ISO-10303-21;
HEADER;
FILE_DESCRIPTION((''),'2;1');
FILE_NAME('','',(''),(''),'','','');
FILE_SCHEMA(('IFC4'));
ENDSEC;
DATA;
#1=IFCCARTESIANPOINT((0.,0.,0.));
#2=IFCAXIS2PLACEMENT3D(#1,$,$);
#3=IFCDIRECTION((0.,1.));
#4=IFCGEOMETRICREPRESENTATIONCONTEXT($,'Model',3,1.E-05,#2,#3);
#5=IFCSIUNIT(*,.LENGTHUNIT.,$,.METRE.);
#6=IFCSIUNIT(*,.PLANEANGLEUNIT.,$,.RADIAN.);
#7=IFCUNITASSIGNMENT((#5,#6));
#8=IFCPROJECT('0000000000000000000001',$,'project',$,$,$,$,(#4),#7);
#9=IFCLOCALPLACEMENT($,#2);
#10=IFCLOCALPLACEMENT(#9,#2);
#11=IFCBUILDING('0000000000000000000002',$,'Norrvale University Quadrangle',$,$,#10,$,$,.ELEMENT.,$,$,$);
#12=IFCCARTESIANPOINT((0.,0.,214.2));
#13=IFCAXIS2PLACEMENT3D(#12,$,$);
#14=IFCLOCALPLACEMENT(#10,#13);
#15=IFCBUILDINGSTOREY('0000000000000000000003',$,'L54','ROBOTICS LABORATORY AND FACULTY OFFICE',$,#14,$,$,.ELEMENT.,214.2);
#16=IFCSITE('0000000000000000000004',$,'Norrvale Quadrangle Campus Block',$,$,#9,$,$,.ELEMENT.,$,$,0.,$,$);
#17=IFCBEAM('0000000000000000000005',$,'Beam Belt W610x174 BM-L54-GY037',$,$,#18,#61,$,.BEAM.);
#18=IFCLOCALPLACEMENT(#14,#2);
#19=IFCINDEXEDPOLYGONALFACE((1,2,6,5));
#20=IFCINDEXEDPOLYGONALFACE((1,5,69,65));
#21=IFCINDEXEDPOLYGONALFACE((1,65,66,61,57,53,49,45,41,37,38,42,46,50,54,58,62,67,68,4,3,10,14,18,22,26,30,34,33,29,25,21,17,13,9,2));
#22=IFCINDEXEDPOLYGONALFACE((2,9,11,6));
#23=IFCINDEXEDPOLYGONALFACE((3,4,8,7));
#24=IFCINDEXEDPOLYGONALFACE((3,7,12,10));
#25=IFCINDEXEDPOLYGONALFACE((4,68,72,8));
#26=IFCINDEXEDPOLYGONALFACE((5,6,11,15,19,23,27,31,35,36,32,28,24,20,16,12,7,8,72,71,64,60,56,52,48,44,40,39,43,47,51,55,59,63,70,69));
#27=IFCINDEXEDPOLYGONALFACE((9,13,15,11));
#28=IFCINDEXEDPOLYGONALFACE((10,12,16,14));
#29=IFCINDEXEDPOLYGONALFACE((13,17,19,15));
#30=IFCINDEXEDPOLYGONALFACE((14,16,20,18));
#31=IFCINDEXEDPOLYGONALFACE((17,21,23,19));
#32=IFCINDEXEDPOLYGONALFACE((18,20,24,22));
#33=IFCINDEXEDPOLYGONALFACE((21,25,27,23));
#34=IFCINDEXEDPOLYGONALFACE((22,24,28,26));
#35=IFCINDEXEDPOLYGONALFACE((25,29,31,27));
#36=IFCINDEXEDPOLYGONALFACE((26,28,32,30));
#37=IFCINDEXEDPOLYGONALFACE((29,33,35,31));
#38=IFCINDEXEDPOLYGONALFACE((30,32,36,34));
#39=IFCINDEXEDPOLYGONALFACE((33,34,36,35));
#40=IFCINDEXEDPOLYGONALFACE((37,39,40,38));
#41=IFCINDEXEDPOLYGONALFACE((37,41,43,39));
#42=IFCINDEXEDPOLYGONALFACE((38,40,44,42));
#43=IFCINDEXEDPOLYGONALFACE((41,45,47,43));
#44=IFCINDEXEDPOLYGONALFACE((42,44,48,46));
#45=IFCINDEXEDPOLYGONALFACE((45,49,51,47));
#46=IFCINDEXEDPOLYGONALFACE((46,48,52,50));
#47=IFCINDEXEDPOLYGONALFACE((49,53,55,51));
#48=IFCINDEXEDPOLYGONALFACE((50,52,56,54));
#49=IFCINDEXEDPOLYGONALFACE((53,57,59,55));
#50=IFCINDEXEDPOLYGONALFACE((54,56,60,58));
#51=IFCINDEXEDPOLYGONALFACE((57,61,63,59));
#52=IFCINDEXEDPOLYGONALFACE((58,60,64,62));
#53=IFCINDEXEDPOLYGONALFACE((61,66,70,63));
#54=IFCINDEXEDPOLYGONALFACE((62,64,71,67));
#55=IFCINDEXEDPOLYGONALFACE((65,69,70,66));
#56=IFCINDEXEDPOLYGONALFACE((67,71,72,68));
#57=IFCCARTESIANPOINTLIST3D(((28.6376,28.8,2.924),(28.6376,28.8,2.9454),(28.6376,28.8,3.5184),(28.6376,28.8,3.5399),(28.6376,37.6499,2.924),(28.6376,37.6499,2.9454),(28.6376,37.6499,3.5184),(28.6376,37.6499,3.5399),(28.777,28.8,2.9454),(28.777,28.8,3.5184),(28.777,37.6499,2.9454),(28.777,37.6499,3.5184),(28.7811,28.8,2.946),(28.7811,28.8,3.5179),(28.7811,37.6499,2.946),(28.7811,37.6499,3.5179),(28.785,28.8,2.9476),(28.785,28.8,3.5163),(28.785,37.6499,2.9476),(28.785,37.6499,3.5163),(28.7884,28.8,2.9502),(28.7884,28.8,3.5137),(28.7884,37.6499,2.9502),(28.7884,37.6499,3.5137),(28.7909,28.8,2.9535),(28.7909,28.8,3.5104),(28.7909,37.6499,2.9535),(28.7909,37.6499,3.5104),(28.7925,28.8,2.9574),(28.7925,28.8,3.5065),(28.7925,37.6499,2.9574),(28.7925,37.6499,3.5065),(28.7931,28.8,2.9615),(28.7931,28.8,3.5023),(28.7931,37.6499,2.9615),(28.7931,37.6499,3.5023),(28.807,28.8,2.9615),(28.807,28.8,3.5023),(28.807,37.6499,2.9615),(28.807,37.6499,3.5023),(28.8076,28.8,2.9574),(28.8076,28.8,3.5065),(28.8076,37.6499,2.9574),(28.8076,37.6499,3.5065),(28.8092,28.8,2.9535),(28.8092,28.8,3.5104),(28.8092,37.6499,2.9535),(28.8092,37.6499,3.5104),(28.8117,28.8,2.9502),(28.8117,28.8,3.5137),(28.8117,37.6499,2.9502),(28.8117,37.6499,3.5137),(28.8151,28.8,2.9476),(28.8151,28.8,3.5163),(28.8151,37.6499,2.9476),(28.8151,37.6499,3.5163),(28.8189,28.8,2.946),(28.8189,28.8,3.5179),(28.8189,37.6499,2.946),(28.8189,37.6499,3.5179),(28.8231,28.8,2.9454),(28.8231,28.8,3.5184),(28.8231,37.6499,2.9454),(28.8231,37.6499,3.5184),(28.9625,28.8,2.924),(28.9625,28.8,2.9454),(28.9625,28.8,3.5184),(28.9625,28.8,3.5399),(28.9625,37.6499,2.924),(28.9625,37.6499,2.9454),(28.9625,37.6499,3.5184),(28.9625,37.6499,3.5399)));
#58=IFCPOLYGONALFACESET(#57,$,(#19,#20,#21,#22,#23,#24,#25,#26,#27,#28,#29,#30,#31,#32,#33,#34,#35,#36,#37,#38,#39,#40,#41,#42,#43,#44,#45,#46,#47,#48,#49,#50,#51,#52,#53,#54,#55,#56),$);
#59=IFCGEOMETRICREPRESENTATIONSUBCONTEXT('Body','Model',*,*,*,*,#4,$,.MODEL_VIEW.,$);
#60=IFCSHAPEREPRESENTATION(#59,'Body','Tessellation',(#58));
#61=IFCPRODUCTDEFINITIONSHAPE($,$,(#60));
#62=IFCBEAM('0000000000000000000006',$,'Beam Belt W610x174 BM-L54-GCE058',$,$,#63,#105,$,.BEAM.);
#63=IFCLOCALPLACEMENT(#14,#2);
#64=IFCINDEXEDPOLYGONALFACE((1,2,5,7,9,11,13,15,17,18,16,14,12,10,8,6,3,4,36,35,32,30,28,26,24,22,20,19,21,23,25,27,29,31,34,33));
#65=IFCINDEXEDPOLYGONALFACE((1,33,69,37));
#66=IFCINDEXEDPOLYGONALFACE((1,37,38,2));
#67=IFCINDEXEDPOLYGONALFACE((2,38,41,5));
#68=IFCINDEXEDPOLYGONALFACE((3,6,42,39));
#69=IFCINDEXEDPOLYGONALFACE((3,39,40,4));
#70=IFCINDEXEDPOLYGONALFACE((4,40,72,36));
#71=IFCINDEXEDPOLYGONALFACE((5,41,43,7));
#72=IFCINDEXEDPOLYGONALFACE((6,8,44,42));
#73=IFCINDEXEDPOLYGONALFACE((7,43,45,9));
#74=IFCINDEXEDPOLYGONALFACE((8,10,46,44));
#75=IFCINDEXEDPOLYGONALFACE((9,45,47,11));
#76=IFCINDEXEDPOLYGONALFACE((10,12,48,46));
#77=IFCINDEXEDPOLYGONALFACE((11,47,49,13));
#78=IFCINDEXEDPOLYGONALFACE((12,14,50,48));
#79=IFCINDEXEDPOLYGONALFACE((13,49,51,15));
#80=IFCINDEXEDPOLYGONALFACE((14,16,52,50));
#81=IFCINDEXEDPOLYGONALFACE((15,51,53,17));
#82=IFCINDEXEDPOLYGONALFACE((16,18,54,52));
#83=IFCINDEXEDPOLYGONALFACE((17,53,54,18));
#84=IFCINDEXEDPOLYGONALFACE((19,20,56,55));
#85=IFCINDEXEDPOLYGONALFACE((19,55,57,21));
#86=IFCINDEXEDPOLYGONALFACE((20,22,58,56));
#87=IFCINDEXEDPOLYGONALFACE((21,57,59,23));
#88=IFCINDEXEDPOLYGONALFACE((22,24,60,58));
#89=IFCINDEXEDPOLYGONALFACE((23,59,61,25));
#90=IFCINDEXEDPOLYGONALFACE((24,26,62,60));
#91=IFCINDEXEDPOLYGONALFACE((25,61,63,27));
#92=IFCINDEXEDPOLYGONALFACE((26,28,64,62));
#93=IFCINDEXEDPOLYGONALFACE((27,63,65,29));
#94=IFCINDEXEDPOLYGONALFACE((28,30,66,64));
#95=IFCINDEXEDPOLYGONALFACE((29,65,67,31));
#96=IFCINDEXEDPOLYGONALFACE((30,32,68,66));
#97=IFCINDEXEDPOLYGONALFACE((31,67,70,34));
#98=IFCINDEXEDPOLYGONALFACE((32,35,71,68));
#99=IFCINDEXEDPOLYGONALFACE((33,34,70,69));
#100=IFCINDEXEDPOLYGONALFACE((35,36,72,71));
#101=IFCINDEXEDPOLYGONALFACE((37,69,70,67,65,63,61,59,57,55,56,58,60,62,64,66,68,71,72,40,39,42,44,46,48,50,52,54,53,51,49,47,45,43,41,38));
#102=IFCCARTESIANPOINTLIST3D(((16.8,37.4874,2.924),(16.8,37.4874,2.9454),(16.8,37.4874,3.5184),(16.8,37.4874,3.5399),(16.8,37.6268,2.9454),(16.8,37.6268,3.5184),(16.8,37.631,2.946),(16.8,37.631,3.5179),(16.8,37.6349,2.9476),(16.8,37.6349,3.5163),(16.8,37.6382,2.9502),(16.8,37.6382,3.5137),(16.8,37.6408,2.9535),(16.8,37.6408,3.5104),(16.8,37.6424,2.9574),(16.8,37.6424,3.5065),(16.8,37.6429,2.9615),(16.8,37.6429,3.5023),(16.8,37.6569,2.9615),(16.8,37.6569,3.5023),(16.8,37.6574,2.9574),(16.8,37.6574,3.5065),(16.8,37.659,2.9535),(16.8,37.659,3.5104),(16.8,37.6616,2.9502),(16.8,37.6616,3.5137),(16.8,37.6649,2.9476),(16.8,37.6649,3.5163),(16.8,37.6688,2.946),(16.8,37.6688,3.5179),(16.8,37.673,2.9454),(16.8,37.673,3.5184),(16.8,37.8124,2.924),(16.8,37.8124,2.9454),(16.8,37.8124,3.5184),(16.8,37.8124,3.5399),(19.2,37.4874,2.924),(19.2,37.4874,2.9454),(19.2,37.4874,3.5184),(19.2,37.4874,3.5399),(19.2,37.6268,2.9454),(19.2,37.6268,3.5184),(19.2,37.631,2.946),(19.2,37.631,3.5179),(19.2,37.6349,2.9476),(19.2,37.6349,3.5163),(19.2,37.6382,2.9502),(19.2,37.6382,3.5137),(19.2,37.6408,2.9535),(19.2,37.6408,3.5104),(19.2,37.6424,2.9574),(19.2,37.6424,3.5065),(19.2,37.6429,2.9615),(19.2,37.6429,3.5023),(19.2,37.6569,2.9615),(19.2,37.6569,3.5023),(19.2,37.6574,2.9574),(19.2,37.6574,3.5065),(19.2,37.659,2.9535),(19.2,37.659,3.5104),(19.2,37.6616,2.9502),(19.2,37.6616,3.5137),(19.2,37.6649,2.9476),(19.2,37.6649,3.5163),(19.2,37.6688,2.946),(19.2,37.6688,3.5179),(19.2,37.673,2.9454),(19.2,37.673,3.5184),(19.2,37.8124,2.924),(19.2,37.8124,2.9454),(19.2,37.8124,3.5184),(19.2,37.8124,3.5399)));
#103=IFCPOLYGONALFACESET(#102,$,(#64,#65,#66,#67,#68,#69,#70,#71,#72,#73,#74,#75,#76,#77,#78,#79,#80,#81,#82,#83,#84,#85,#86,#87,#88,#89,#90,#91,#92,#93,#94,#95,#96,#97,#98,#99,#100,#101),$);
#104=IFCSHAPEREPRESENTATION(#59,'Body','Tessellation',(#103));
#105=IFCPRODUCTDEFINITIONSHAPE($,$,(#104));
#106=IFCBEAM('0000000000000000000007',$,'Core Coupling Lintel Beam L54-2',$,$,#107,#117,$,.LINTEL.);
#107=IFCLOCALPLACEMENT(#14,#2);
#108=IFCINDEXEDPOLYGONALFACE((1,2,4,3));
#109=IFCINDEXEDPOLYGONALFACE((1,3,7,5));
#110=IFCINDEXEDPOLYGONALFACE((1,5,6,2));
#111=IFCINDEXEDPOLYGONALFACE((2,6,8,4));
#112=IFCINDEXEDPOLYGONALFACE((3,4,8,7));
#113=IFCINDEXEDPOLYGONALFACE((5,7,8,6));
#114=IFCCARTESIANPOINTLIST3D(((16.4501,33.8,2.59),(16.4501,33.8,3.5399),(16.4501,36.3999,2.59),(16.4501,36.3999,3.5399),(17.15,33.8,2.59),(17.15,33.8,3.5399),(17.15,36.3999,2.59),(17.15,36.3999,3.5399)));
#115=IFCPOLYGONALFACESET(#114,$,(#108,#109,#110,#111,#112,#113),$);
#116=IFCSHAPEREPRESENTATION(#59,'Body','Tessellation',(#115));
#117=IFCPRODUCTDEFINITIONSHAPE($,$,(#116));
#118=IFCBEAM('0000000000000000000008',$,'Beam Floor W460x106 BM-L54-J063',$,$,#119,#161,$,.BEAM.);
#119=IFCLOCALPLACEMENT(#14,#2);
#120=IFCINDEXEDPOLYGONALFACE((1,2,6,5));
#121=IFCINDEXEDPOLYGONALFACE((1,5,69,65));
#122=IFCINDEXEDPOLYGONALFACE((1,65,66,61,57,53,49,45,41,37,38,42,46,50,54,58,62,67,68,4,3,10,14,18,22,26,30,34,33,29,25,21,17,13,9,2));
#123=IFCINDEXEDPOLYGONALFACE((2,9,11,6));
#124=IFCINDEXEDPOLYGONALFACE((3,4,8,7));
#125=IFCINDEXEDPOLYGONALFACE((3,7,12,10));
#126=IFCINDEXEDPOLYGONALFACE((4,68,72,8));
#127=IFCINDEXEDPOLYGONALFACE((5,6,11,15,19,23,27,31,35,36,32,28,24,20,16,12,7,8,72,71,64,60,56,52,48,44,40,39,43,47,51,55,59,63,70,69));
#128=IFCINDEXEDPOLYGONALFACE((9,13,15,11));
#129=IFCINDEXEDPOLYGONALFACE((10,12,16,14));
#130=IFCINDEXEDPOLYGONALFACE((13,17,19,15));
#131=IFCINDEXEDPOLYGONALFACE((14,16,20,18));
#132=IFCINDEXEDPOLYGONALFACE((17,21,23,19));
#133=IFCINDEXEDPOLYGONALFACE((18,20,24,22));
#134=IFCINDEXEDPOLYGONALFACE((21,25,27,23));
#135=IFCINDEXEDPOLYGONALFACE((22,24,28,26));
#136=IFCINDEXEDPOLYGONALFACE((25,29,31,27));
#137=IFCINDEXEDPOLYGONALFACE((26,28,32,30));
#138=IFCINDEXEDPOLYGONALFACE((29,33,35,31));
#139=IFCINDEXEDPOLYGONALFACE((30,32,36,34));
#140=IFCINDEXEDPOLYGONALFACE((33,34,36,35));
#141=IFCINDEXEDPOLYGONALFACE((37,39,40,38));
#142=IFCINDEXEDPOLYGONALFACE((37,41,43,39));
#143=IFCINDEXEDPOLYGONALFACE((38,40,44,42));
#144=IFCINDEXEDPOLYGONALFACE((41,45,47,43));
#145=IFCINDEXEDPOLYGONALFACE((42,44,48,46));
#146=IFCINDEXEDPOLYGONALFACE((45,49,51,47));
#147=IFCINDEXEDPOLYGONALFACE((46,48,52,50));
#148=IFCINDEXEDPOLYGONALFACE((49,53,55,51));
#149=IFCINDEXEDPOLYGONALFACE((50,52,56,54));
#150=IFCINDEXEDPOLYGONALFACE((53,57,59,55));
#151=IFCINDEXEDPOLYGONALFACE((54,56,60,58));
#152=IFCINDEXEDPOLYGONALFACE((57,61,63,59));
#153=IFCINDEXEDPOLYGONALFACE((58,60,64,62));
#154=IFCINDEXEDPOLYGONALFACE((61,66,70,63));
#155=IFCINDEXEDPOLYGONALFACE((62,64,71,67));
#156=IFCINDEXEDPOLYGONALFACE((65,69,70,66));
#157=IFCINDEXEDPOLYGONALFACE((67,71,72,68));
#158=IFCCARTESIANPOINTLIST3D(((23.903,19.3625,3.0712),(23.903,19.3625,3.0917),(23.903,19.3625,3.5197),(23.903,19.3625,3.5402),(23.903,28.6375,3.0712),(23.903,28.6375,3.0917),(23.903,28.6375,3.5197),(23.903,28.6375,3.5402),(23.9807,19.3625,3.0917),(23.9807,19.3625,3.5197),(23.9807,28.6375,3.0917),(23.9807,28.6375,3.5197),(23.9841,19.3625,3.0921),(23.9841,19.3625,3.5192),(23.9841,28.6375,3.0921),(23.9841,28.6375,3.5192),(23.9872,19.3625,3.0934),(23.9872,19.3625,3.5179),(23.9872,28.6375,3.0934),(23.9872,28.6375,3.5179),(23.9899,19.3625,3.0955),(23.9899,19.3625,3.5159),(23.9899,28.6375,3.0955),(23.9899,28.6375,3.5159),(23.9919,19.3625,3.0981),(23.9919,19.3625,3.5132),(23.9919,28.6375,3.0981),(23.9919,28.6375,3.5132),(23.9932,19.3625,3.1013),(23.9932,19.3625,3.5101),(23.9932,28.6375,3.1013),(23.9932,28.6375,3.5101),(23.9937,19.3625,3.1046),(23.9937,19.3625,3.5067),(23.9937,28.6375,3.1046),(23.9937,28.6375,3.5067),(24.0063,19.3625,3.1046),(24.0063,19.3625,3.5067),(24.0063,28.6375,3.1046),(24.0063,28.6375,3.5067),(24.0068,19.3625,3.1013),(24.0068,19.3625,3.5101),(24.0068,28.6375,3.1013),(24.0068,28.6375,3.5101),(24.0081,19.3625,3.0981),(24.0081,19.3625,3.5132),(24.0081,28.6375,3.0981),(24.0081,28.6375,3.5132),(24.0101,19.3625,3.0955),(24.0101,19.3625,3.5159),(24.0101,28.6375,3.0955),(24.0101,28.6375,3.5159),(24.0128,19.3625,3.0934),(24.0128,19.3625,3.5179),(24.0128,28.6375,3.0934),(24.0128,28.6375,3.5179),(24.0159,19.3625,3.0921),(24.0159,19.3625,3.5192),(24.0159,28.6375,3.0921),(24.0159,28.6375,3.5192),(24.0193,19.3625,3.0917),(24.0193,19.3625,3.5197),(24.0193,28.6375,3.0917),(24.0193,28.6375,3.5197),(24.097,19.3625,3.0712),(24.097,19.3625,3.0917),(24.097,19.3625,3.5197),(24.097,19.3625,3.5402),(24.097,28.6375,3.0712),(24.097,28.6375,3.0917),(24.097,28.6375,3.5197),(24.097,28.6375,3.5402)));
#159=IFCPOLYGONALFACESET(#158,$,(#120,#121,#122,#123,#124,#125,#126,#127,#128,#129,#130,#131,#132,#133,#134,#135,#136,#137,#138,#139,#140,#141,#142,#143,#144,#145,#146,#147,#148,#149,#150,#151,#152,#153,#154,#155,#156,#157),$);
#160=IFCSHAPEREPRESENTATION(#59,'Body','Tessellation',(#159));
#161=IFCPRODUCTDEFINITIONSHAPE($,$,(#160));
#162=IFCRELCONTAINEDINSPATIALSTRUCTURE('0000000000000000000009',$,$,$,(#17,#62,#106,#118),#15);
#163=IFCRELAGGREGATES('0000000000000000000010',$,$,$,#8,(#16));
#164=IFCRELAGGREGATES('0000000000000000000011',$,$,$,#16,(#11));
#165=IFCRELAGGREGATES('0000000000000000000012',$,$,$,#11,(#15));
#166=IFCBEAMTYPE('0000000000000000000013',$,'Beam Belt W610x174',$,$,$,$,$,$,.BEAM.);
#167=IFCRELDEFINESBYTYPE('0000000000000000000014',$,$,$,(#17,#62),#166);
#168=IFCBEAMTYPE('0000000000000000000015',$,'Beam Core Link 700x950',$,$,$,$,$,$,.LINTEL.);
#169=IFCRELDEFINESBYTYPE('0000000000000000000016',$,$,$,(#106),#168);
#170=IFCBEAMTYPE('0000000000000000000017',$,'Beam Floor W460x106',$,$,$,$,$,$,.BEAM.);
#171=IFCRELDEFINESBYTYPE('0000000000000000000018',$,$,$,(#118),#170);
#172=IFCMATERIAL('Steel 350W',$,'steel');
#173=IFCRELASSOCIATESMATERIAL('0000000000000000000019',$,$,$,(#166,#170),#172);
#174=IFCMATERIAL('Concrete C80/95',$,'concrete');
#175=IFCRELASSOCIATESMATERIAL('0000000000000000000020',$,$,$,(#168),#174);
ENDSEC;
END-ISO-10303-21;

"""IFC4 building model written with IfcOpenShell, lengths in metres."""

from ifc_helpers import new_model, si_unit, direction, frame, origin, origin_2d, place, context, subcontext, project, spatial, rectangle, i_section, extrude, material, material_profile, profile_set, type_object, element, save


model = new_model("IFC4")

# Units and contexts
model_context = context("Model", 3, precision=1e-05, world=origin(), true_north=direction((0.0, 1.0)))
body_context = subcontext(model_context, "Body", "Model", "MODEL_VIEW")
ifc_project = project(units=[si_unit("LENGTHUNIT", "METRE"), si_unit("PLANEANGLEUNIT", "RADIAN")], contexts=[model_context])

# Site, building, storey
site_placement = place(None, origin())
site = spatial("IfcSite", under=ifc_project, at=site_placement, Name="Norrvale Quadrangle Campus Block", CompositionType="ELEMENT", RefElevation=0.0)
building_placement = place(site_placement, origin())
building = spatial("IfcBuilding", under=site, at=building_placement, Name="Norrvale University Quadrangle", CompositionType="ELEMENT")
storey_placement = place(building_placement, frame((0.0, 0.0, 214.2)))
storey = spatial("IfcBuildingStorey", under=building, at=storey_placement, Name="L54", Description="ROBOTICS LABORATORY AND FACULTY OFFICE", CompositionType="ELEMENT", Elevation=214.2)

# Beams
ifc_material_1 = material(Name="Steel 350W", Category="steel")
ifc_material_profile_1 = material_profile(ifc_material_1, i_section(OverallWidth=0.325, OverallDepth=0.616, WebThickness=0.0139, FlangeThickness=0.0215, FilletRadius=0.0161, at=origin_2d()), Name="Steel 350W")
ifc_profile_set_1 = profile_set([ifc_material_profile_1], Name="Steel 350W")
beam_type_1 = type_object("IfcBeamType", Name="Beam Belt W610x174", PredefinedType="BEAM", material=ifc_profile_set_1)
for number, where, z_axis, x_axis, name in (
    (1, (28.8, 28.8, 3.2319), (0.0, 1.0, 0.0), (-1.0, 0.0, 0.0), "Beam Belt W610x174 BM-L54-GY037"),
):
    element("IfcBeam", number, at=place(storey_placement, frame(where, z_axis=z_axis, x_axis=x_axis)), inside=storey, type_object=beam_type_1, Name=name, PredefinedType="BEAM", context=body_context, shape_type="SweptSolid", body=[
        extrude(i_section(OverallWidth=0.325, OverallDepth=0.616, WebThickness=0.0139, FlangeThickness=0.0215, FilletRadius=0.0161, at=origin_2d()), origin(), (0.0, 0.0, 1.0), 8.8499),
    ])
beam_1_placement = place(storey_placement, frame((16.8, 37.6499, 3.2319), z_axis=(1.0, 0.0, 0.0), x_axis=(0.0, 1.0, 0.0)))
element("IfcBeam", 2, at=beam_1_placement, inside=storey, type_object=beam_type_1, Name="Beam Belt W610x174 BM-L54-GCE058", PredefinedType="BEAM", context=body_context, shape_type="SweptSolid", body=[
    extrude(i_section(OverallWidth=0.325, OverallDepth=0.616, WebThickness=0.0139, FlangeThickness=0.0215, FilletRadius=0.0161, at=origin_2d()), origin(), (0.0, 0.0, 1.0), 2.3999),
])
ifc_material_2 = material(Name="Concrete C80/95", Category="concrete")
ifc_material_profile_2 = material_profile(ifc_material_2, rectangle(XDim=0.7, YDim=0.95, at=origin_2d()), Name="Concrete C80/95")
ifc_profile_set_2 = profile_set([ifc_material_profile_2], Name="Concrete C80/95")
beam_type_2 = type_object("IfcBeamType", Name="Beam Core Link 700x950", PredefinedType="LINTEL", material=ifc_profile_set_2)
beam_2_placement = place(storey_placement, frame((16.8, 33.8, 3.0649), z_axis=(0.0, 1.0, 0.0), x_axis=(-1.0, 0.0, 0.0)))
element("IfcBeam", 3, at=beam_2_placement, inside=storey, type_object=beam_type_2, Name="Core Coupling Lintel Beam L54-2", PredefinedType="LINTEL", context=body_context, shape_type="SweptSolid", body=[
    extrude(rectangle(XDim=0.7, YDim=0.95, at=origin_2d()), origin(), (0.0, 0.0, 1.0), 2.5999),
])
ifc_material_profile_3 = material_profile(ifc_material_1, i_section(OverallWidth=0.1941, OverallDepth=0.469, WebThickness=0.0127, FlangeThickness=0.0205, FilletRadius=0.0129, at=origin_2d()), Name="Steel 350W")
ifc_profile_set_3 = profile_set([ifc_material_profile_3], Name="Steel 350W")
beam_type_3 = type_object("IfcBeamType", Name="Beam Floor W460x106", PredefinedType="BEAM", material=ifc_profile_set_3)
beam_3_placement = place(storey_placement, frame((24.0, 19.3625, 3.3057), z_axis=(0.0, 1.0, 0.0), x_axis=(-1.0, 0.0, 0.0)))
element("IfcBeam", 4, at=beam_3_placement, inside=storey, type_object=beam_type_3, Name="Beam Floor W460x106 BM-L54-J063", PredefinedType="BEAM", context=body_context, shape_type="SweptSolid", body=[
    extrude(i_section(OverallWidth=0.1941, OverallDepth=0.469, WebThickness=0.0127, FlangeThickness=0.0205, FilletRadius=0.0129, at=origin_2d()), origin(), (0.0, 0.0, 1.0), 9.2749),
])

save(model, "model.ifc")
